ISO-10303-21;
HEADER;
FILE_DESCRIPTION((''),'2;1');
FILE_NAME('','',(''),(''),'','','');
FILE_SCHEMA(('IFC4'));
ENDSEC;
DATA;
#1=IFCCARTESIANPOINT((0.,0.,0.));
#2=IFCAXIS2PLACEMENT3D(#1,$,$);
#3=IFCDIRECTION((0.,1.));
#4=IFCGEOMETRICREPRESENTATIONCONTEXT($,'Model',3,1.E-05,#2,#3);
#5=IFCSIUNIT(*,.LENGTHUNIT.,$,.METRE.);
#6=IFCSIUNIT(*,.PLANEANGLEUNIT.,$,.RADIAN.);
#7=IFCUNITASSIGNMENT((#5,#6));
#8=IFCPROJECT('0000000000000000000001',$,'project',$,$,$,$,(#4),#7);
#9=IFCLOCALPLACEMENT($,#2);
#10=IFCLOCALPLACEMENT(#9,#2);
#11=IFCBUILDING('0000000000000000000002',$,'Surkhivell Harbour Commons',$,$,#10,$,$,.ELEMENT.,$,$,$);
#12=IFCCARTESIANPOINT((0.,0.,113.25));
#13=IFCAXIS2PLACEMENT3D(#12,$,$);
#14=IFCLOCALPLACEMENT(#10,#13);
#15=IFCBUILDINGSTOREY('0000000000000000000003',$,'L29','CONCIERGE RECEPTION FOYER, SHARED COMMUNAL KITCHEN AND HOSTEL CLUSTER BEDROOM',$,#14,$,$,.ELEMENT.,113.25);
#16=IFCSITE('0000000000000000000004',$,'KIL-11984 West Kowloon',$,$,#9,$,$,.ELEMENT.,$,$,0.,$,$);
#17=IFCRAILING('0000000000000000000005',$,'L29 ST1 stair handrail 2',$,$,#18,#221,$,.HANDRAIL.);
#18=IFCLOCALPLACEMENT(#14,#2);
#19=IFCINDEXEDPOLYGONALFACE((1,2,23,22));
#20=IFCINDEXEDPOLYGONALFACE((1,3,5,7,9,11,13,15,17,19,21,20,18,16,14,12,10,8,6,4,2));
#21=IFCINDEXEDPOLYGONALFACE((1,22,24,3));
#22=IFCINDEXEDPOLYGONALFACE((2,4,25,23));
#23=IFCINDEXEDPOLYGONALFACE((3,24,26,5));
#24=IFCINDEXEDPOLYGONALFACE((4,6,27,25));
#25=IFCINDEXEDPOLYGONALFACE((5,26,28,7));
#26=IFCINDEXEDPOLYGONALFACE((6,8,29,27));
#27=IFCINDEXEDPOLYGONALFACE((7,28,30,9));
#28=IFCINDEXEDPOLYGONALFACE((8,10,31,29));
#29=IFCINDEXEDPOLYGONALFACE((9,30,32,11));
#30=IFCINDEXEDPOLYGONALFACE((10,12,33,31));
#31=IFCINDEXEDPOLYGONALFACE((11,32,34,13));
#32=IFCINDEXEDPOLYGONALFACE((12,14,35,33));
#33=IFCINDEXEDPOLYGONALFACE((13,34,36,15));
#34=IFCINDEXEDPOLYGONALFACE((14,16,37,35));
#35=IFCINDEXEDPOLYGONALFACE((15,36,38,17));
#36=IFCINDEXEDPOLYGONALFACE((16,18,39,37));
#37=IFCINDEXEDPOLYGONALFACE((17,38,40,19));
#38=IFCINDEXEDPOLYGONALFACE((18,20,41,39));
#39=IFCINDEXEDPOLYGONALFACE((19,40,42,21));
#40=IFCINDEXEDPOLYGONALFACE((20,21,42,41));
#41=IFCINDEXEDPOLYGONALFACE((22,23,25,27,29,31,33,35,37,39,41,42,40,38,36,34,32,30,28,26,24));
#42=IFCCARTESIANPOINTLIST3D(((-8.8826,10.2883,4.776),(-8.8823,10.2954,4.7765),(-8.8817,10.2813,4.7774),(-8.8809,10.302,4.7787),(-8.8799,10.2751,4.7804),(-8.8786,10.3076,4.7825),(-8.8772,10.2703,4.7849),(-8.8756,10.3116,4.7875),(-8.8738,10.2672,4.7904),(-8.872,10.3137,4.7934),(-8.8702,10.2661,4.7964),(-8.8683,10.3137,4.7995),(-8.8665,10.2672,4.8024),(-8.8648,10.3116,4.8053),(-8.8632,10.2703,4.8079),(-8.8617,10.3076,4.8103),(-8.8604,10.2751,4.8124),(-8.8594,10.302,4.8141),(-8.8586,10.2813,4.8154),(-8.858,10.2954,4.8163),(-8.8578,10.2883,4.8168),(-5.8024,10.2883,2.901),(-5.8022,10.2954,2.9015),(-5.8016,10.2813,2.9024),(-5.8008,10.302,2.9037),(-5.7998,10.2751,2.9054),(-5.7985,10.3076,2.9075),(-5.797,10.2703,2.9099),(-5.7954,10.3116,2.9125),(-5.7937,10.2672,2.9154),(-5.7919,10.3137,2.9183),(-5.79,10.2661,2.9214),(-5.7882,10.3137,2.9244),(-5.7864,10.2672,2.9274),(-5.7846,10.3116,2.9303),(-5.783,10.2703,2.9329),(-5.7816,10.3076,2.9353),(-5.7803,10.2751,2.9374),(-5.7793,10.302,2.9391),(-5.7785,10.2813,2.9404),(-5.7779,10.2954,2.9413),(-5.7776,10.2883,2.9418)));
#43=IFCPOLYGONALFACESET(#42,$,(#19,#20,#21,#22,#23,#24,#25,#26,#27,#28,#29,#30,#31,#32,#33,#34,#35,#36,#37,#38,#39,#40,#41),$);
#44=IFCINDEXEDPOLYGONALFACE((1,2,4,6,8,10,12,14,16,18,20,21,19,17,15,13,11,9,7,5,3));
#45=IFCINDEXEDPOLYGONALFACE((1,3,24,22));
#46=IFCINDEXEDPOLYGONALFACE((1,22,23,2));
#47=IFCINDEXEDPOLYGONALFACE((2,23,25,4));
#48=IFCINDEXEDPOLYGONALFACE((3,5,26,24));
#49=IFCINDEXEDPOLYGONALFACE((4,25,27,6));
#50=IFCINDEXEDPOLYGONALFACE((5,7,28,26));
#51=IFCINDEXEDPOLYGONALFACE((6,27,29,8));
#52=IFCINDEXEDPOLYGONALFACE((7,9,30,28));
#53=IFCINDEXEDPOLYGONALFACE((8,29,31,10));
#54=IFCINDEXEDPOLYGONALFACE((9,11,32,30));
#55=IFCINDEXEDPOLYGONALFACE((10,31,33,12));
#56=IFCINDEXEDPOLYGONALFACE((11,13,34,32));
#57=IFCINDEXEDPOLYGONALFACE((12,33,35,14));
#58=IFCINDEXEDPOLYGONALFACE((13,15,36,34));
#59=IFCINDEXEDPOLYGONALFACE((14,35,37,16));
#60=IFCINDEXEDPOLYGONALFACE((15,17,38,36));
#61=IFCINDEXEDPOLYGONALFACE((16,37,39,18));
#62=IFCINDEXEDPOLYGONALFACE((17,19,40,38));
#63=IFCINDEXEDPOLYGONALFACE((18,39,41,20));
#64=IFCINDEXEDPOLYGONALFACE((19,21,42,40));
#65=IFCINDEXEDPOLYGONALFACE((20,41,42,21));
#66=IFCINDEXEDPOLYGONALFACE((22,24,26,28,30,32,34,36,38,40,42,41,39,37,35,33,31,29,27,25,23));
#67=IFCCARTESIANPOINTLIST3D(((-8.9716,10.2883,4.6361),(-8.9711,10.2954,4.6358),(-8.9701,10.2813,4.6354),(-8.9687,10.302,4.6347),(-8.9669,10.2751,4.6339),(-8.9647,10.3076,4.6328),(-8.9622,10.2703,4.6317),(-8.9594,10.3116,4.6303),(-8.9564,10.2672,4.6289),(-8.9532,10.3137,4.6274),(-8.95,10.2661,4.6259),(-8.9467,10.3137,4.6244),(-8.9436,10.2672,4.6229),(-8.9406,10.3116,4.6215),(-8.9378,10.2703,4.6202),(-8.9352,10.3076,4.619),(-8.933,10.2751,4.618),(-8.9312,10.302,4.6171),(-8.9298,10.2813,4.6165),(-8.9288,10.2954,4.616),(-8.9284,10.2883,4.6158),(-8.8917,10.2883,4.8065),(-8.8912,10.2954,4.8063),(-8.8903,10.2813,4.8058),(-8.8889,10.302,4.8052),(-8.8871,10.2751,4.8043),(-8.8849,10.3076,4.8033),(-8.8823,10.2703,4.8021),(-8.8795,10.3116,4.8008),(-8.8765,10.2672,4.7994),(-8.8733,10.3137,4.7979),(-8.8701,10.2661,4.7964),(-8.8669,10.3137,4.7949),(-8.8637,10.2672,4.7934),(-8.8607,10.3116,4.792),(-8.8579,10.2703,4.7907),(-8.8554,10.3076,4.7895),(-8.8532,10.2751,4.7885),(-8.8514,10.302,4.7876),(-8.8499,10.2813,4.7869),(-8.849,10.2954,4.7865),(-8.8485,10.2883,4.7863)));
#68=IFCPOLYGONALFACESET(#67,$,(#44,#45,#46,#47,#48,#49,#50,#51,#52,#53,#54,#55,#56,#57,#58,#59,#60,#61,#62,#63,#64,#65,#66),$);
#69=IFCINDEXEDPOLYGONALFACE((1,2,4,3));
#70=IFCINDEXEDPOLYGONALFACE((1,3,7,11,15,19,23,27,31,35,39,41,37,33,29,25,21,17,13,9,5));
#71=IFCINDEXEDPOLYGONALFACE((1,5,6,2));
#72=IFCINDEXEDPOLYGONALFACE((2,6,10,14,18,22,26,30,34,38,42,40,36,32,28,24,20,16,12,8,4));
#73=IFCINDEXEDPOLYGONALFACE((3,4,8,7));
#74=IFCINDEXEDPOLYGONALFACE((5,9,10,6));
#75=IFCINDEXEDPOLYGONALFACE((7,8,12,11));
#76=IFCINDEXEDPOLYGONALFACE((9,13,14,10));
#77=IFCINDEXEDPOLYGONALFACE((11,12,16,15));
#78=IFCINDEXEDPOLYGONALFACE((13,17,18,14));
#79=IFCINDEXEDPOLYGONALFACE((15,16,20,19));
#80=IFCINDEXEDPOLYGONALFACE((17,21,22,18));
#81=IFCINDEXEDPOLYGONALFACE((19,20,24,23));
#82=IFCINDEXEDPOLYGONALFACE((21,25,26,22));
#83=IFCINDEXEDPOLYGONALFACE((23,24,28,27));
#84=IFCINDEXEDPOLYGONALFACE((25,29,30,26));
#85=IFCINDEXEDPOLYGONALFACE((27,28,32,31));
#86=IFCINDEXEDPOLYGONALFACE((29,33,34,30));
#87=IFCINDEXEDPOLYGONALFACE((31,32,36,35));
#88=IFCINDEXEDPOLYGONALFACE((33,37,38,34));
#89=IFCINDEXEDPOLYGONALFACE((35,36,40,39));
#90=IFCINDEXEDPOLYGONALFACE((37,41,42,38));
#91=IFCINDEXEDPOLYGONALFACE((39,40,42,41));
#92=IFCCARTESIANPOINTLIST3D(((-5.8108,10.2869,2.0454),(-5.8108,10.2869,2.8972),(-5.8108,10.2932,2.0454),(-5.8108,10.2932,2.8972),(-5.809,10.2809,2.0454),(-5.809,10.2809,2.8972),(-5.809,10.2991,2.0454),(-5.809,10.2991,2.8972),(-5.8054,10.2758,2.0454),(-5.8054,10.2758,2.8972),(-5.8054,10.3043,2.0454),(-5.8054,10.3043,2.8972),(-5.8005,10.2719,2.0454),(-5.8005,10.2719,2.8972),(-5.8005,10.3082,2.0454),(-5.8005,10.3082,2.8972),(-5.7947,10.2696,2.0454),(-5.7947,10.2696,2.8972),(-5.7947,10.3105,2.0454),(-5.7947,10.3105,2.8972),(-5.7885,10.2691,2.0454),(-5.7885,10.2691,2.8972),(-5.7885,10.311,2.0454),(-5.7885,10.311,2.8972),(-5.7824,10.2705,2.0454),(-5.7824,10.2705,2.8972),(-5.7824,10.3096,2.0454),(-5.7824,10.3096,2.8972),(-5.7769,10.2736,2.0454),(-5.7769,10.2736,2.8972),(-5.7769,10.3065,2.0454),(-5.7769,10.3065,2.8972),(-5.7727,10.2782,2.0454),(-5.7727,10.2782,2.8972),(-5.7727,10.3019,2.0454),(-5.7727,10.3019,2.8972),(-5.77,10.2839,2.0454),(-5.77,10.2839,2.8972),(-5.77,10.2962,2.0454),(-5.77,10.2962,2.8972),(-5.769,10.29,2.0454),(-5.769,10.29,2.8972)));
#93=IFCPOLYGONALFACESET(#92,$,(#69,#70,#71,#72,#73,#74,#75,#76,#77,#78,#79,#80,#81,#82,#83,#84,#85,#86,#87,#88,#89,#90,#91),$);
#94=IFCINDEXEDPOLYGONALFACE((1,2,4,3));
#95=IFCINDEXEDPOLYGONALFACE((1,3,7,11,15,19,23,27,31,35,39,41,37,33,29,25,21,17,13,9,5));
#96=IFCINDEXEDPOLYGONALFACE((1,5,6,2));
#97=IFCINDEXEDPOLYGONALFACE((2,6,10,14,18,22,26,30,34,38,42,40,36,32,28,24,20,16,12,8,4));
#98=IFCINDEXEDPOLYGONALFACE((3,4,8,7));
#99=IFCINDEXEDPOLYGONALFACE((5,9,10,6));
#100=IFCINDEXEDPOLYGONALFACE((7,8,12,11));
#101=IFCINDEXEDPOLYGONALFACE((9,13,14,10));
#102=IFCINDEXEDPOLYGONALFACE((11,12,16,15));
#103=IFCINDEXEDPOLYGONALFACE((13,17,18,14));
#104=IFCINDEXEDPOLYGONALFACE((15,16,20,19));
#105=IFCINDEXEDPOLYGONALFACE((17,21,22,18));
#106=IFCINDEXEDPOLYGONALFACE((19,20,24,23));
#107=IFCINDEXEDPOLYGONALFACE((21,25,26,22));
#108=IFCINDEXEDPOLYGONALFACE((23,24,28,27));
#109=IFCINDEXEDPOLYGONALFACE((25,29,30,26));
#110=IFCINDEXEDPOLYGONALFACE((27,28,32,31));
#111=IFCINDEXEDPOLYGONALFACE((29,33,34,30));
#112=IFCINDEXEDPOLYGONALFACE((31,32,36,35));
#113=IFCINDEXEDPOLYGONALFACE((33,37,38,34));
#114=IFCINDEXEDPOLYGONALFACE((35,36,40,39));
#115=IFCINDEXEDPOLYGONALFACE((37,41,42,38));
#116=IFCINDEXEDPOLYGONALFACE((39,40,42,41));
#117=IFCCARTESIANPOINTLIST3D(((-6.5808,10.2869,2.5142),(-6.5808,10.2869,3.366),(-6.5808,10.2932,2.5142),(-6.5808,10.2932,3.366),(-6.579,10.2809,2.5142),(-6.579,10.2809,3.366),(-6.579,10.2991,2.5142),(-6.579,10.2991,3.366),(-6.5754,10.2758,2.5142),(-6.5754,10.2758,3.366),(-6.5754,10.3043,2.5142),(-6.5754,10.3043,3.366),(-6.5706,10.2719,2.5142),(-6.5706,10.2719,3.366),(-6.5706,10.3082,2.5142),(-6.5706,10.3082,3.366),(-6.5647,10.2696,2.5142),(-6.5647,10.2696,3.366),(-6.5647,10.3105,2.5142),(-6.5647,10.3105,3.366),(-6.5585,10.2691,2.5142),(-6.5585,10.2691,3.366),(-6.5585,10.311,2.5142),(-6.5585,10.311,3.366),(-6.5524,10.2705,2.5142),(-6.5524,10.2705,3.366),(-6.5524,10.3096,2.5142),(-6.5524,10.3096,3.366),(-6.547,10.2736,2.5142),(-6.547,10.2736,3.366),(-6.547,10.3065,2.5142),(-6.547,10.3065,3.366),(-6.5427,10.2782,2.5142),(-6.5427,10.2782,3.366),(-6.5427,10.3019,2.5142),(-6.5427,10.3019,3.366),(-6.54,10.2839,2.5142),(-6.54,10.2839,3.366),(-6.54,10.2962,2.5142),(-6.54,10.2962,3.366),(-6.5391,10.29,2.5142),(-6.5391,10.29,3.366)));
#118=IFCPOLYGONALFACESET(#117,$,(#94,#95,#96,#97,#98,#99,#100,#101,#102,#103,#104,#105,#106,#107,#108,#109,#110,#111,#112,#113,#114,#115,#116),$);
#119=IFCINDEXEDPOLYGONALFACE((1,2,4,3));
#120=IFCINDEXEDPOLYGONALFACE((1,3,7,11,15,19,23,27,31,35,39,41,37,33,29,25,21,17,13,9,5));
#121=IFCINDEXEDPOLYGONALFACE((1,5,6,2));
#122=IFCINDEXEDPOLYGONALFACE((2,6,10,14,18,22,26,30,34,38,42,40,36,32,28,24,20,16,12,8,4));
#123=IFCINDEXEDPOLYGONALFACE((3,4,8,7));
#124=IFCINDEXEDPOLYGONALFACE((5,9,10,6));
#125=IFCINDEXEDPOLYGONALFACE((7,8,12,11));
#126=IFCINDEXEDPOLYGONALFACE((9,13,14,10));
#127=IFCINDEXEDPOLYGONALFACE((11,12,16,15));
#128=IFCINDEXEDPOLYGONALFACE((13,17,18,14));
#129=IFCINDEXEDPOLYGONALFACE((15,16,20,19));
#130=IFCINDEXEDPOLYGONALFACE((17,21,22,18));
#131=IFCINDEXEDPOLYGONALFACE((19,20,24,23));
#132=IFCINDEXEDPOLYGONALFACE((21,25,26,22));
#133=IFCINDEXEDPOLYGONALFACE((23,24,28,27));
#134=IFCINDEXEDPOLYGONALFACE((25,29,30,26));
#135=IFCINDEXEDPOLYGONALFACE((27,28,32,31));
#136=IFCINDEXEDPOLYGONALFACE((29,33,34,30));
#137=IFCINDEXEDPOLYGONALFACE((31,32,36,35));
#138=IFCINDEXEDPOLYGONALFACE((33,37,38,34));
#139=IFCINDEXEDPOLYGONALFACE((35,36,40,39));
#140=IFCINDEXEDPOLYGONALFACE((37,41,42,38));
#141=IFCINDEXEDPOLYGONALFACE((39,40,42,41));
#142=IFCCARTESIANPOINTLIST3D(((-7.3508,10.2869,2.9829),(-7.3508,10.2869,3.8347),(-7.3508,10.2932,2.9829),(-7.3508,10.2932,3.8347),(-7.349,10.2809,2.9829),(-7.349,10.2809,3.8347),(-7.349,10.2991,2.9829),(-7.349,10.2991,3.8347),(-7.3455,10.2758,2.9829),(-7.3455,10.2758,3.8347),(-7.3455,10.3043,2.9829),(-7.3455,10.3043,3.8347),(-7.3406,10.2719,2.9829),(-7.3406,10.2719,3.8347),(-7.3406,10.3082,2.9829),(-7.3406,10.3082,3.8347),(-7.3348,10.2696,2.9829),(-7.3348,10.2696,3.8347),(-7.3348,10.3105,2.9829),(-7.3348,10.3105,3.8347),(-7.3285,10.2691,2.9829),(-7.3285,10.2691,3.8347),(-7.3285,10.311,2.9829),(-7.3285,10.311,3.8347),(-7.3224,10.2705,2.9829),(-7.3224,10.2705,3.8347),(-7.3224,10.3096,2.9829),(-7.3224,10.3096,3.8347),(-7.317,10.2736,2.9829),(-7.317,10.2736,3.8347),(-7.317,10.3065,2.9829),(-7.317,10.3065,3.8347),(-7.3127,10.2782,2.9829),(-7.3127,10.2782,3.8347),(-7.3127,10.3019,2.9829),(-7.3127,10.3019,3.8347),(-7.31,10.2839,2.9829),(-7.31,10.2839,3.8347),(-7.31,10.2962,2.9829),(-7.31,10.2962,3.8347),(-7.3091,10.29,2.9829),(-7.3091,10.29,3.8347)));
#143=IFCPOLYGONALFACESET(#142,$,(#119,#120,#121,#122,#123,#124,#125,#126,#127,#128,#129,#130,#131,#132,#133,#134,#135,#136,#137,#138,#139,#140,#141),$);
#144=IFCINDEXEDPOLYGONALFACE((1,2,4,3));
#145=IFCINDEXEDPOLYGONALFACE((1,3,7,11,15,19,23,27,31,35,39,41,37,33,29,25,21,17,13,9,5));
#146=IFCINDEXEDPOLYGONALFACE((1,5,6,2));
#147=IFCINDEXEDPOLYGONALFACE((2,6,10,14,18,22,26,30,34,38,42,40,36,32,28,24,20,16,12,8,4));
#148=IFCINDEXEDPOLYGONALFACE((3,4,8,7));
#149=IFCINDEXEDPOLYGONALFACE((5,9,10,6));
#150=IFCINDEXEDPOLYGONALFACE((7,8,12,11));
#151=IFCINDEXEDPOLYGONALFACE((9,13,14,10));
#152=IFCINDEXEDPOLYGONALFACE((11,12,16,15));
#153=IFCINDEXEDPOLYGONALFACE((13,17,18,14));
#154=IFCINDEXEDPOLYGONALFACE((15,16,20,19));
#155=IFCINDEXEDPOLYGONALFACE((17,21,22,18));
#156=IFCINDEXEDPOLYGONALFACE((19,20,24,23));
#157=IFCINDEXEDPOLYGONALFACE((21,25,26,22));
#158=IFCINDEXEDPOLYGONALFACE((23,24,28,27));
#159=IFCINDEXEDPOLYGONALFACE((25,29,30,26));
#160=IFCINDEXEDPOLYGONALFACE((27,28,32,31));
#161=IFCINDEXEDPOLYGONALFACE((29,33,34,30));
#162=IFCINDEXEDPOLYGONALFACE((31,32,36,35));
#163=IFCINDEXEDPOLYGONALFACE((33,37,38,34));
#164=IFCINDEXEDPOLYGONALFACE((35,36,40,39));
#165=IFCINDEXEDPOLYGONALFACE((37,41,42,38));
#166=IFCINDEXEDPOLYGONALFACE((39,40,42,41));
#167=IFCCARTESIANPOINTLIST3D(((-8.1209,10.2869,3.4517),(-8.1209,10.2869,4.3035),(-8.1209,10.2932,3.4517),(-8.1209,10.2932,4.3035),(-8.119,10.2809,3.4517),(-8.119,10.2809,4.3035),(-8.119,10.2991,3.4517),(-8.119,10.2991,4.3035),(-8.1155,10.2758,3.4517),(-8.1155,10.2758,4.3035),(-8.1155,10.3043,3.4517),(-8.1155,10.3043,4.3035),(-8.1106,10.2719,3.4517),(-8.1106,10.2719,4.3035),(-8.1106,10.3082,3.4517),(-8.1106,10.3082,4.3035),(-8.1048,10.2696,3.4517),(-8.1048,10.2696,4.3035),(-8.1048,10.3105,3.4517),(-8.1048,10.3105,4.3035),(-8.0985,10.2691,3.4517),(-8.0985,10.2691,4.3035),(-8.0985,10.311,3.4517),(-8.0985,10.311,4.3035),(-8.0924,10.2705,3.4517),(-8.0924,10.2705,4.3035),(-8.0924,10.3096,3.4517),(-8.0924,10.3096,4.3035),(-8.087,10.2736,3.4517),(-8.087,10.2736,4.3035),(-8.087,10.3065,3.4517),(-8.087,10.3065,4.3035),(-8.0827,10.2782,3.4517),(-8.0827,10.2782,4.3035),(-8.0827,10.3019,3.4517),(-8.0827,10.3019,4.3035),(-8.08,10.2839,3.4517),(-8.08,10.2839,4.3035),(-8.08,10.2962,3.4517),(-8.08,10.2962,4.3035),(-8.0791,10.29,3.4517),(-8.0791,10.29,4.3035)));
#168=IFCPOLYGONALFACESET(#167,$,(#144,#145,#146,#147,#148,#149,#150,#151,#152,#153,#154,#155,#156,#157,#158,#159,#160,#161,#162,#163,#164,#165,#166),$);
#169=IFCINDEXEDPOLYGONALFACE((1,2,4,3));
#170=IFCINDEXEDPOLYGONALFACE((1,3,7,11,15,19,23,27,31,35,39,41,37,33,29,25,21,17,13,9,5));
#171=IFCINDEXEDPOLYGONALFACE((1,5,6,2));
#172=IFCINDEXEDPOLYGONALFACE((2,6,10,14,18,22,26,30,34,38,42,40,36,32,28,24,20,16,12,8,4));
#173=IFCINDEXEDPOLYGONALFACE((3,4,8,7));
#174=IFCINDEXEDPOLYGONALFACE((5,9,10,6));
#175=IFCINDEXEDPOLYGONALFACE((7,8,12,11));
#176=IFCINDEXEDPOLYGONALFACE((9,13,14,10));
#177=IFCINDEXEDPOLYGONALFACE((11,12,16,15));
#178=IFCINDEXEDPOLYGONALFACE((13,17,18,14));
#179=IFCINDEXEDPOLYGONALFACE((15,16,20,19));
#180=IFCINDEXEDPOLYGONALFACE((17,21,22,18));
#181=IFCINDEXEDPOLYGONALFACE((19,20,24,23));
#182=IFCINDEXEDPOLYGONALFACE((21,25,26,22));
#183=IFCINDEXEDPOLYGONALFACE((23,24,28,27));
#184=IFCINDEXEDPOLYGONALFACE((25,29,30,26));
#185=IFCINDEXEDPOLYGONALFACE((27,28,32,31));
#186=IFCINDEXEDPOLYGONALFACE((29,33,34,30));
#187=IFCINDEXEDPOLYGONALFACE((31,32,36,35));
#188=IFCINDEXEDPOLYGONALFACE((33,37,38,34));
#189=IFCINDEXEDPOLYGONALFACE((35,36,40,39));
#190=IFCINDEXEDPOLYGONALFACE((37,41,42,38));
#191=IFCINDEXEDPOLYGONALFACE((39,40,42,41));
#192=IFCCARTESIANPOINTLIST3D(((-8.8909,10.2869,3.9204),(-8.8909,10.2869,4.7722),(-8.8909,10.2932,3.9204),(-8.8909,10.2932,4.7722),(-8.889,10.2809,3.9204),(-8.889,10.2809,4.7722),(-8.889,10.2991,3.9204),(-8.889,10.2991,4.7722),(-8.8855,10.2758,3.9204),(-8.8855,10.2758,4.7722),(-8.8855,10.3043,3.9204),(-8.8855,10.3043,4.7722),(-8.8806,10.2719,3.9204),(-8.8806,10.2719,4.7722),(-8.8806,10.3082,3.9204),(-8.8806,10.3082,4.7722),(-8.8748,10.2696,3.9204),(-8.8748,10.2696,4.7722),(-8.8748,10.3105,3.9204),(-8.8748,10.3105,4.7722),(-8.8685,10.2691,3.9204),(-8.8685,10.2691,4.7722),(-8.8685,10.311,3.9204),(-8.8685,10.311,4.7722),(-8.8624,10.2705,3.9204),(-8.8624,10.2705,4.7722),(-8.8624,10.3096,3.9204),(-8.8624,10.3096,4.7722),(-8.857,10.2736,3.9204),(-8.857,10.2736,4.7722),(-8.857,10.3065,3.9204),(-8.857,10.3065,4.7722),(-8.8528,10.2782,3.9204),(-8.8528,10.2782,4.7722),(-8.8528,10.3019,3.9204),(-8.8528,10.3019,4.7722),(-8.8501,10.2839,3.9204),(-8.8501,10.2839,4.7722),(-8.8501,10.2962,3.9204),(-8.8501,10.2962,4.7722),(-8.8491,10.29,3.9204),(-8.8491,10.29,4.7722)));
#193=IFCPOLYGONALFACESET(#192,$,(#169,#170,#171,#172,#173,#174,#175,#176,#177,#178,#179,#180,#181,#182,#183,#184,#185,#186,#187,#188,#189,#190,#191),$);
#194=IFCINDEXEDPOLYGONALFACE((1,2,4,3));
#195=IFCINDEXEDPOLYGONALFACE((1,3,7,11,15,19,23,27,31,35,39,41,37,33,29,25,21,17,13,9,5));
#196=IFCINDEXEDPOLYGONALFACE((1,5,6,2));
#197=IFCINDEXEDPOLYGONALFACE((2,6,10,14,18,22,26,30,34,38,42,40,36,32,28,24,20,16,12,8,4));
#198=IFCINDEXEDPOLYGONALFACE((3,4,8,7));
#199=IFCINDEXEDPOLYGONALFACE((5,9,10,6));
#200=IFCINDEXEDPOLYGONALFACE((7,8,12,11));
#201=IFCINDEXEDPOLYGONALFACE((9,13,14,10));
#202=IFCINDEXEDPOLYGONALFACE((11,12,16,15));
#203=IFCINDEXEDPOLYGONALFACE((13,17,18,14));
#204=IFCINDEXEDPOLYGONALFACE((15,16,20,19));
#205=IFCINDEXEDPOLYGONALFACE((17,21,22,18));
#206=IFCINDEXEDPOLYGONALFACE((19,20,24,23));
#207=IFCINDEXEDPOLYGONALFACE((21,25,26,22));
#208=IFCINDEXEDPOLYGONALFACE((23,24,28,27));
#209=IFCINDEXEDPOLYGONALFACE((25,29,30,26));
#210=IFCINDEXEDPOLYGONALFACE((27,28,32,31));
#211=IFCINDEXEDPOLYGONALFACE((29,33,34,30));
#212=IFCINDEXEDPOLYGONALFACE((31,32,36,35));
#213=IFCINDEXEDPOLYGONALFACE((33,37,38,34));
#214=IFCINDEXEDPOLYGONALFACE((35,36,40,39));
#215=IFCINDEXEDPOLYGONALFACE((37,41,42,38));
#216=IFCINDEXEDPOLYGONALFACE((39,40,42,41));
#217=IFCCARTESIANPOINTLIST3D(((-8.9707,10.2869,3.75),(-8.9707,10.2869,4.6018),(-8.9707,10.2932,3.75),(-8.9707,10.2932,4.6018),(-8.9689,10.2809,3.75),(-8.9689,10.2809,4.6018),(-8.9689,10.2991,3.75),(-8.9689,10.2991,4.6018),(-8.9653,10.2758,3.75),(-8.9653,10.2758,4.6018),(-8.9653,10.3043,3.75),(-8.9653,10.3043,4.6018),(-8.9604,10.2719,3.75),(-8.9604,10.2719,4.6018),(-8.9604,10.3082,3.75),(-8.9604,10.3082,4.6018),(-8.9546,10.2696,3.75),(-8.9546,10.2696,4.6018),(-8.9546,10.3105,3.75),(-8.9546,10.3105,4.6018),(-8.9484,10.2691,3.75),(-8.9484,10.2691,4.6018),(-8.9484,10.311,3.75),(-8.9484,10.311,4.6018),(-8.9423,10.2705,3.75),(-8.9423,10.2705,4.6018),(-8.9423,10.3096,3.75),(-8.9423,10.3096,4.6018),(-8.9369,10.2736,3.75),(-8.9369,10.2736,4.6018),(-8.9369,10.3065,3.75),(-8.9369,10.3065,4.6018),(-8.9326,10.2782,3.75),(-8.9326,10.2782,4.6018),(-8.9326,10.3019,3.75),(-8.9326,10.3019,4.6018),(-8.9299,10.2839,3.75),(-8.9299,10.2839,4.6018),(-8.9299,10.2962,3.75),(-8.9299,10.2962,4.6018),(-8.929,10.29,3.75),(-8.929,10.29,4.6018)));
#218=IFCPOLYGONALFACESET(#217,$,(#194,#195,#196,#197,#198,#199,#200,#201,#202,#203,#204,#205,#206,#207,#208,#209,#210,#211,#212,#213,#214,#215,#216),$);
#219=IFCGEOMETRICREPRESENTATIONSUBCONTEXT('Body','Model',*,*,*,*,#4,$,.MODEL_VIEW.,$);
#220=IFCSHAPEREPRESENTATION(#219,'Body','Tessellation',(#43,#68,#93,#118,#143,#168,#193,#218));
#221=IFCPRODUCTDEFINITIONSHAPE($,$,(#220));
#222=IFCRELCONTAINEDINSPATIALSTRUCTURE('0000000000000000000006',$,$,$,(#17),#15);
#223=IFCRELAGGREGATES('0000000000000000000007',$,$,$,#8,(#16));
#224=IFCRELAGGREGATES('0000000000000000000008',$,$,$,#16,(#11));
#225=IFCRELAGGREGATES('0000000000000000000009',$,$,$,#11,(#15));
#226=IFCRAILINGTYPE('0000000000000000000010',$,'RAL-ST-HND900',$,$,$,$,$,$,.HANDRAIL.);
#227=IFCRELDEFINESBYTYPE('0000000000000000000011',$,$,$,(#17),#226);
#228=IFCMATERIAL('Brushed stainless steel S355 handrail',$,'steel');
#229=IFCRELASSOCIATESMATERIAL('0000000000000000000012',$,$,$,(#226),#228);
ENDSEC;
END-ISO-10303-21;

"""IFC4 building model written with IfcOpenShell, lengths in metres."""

from ifc_helpers import new_model, si_unit, direction, frame, origin, origin_2d, place, context, subcontext, project, spatial, circle, extrude, material, type_object, element, save


model = new_model("IFC4")

# Units and contexts
model_context = context("Model", 3, precision=1e-05, world=origin(), true_north=direction((0.0, 1.0)))
body_context = subcontext(model_context, "Body", "Model", "MODEL_VIEW")
ifc_project = project(units=[si_unit("LENGTHUNIT", "METRE"), si_unit("PLANEANGLEUNIT", "RADIAN")], contexts=[model_context])

# Site, building, storey
site_placement = place(None, origin())
site = spatial("IfcSite", under=ifc_project, at=site_placement, Name="KIL-11984 West Kowloon", CompositionType="ELEMENT", RefElevation=0.0)
building_placement = place(site_placement, origin())
building = spatial("IfcBuilding", under=site, at=building_placement, Name="Surkhivell Harbour Commons", CompositionType="ELEMENT")
storey_placement = place(building_placement, frame((0.0, 0.0, 113.25)))
storey = spatial("IfcBuildingStorey", under=building, at=storey_placement, Name="L29", Description="CONCIERGE RECEPTION FOYER, SHARED COMMUNAL KITCHEN AND HOSTEL CLUSTER BEDROOM", CompositionType="ELEMENT", Elevation=113.25)

# Railing
ifc_material_1 = material(Name="Brushed stainless steel S355 handrail", Category="steel")
railing_type_1 = type_object("IfcRailingType", Name="RAL-ST-HND900", PredefinedType="HANDRAIL", material=ifc_material_1)
railing_1_placement = place(storey_placement, frame((-5.79, 10.29, 2.0454)))
element("IfcRailing", 1, at=railing_1_placement, inside=storey, type_object=railing_type_1, Name="L29 ST1 stair handrail 2", PredefinedType="HANDRAIL", context=body_context, shape_type="SweptSolid", body=[
    extrude(circle(Radius=0.0239, at=origin_2d()), frame((0.0, 0.0, 0.876), z_axis=(-0.854178, 0.0, 0.519981), x_axis=(0.0, -1.0, 0.0)), (0.0, 0.0, 1.0), 3.606),
    extrude(circle(Radius=0.0239, at=origin_2d()), frame((-3.0801, 0.0, 2.751), z_axis=(-0.424234, 0.0, -0.905552), x_axis=(0.0, -1.0, 0.0)), (0.0, 0.0, 1.0), 0.1882),
    extrude(circle(Radius=0.021, at=origin_2d()), origin(), (0.0, 0.0, 1.0), 0.8518),
    extrude(circle(Radius=0.021, at=origin_2d()), frame((-0.77, 0.0, 0.4688)), (0.0, 0.0, 1.0), 0.8518),
    extrude(circle(Radius=0.021, at=origin_2d()), frame((-1.54, 0.0, 0.9375)), (0.0, 0.0, 1.0), 0.8518),
    extrude(circle(Radius=0.021, at=origin_2d()), frame((-2.3101, 0.0, 1.4062)), (0.0, 0.0, 1.0), 0.8518),
    extrude(circle(Radius=0.021, at=origin_2d()), frame((-3.0801, 0.0, 1.875)), (0.0, 0.0, 1.0), 0.8518),
    extrude(circle(Radius=0.021, at=origin_2d()), frame((-3.1599, 0.0, 1.7046)), (0.0, 0.0, 1.0), 0.8518),
])

save(model, "model.ifc")
